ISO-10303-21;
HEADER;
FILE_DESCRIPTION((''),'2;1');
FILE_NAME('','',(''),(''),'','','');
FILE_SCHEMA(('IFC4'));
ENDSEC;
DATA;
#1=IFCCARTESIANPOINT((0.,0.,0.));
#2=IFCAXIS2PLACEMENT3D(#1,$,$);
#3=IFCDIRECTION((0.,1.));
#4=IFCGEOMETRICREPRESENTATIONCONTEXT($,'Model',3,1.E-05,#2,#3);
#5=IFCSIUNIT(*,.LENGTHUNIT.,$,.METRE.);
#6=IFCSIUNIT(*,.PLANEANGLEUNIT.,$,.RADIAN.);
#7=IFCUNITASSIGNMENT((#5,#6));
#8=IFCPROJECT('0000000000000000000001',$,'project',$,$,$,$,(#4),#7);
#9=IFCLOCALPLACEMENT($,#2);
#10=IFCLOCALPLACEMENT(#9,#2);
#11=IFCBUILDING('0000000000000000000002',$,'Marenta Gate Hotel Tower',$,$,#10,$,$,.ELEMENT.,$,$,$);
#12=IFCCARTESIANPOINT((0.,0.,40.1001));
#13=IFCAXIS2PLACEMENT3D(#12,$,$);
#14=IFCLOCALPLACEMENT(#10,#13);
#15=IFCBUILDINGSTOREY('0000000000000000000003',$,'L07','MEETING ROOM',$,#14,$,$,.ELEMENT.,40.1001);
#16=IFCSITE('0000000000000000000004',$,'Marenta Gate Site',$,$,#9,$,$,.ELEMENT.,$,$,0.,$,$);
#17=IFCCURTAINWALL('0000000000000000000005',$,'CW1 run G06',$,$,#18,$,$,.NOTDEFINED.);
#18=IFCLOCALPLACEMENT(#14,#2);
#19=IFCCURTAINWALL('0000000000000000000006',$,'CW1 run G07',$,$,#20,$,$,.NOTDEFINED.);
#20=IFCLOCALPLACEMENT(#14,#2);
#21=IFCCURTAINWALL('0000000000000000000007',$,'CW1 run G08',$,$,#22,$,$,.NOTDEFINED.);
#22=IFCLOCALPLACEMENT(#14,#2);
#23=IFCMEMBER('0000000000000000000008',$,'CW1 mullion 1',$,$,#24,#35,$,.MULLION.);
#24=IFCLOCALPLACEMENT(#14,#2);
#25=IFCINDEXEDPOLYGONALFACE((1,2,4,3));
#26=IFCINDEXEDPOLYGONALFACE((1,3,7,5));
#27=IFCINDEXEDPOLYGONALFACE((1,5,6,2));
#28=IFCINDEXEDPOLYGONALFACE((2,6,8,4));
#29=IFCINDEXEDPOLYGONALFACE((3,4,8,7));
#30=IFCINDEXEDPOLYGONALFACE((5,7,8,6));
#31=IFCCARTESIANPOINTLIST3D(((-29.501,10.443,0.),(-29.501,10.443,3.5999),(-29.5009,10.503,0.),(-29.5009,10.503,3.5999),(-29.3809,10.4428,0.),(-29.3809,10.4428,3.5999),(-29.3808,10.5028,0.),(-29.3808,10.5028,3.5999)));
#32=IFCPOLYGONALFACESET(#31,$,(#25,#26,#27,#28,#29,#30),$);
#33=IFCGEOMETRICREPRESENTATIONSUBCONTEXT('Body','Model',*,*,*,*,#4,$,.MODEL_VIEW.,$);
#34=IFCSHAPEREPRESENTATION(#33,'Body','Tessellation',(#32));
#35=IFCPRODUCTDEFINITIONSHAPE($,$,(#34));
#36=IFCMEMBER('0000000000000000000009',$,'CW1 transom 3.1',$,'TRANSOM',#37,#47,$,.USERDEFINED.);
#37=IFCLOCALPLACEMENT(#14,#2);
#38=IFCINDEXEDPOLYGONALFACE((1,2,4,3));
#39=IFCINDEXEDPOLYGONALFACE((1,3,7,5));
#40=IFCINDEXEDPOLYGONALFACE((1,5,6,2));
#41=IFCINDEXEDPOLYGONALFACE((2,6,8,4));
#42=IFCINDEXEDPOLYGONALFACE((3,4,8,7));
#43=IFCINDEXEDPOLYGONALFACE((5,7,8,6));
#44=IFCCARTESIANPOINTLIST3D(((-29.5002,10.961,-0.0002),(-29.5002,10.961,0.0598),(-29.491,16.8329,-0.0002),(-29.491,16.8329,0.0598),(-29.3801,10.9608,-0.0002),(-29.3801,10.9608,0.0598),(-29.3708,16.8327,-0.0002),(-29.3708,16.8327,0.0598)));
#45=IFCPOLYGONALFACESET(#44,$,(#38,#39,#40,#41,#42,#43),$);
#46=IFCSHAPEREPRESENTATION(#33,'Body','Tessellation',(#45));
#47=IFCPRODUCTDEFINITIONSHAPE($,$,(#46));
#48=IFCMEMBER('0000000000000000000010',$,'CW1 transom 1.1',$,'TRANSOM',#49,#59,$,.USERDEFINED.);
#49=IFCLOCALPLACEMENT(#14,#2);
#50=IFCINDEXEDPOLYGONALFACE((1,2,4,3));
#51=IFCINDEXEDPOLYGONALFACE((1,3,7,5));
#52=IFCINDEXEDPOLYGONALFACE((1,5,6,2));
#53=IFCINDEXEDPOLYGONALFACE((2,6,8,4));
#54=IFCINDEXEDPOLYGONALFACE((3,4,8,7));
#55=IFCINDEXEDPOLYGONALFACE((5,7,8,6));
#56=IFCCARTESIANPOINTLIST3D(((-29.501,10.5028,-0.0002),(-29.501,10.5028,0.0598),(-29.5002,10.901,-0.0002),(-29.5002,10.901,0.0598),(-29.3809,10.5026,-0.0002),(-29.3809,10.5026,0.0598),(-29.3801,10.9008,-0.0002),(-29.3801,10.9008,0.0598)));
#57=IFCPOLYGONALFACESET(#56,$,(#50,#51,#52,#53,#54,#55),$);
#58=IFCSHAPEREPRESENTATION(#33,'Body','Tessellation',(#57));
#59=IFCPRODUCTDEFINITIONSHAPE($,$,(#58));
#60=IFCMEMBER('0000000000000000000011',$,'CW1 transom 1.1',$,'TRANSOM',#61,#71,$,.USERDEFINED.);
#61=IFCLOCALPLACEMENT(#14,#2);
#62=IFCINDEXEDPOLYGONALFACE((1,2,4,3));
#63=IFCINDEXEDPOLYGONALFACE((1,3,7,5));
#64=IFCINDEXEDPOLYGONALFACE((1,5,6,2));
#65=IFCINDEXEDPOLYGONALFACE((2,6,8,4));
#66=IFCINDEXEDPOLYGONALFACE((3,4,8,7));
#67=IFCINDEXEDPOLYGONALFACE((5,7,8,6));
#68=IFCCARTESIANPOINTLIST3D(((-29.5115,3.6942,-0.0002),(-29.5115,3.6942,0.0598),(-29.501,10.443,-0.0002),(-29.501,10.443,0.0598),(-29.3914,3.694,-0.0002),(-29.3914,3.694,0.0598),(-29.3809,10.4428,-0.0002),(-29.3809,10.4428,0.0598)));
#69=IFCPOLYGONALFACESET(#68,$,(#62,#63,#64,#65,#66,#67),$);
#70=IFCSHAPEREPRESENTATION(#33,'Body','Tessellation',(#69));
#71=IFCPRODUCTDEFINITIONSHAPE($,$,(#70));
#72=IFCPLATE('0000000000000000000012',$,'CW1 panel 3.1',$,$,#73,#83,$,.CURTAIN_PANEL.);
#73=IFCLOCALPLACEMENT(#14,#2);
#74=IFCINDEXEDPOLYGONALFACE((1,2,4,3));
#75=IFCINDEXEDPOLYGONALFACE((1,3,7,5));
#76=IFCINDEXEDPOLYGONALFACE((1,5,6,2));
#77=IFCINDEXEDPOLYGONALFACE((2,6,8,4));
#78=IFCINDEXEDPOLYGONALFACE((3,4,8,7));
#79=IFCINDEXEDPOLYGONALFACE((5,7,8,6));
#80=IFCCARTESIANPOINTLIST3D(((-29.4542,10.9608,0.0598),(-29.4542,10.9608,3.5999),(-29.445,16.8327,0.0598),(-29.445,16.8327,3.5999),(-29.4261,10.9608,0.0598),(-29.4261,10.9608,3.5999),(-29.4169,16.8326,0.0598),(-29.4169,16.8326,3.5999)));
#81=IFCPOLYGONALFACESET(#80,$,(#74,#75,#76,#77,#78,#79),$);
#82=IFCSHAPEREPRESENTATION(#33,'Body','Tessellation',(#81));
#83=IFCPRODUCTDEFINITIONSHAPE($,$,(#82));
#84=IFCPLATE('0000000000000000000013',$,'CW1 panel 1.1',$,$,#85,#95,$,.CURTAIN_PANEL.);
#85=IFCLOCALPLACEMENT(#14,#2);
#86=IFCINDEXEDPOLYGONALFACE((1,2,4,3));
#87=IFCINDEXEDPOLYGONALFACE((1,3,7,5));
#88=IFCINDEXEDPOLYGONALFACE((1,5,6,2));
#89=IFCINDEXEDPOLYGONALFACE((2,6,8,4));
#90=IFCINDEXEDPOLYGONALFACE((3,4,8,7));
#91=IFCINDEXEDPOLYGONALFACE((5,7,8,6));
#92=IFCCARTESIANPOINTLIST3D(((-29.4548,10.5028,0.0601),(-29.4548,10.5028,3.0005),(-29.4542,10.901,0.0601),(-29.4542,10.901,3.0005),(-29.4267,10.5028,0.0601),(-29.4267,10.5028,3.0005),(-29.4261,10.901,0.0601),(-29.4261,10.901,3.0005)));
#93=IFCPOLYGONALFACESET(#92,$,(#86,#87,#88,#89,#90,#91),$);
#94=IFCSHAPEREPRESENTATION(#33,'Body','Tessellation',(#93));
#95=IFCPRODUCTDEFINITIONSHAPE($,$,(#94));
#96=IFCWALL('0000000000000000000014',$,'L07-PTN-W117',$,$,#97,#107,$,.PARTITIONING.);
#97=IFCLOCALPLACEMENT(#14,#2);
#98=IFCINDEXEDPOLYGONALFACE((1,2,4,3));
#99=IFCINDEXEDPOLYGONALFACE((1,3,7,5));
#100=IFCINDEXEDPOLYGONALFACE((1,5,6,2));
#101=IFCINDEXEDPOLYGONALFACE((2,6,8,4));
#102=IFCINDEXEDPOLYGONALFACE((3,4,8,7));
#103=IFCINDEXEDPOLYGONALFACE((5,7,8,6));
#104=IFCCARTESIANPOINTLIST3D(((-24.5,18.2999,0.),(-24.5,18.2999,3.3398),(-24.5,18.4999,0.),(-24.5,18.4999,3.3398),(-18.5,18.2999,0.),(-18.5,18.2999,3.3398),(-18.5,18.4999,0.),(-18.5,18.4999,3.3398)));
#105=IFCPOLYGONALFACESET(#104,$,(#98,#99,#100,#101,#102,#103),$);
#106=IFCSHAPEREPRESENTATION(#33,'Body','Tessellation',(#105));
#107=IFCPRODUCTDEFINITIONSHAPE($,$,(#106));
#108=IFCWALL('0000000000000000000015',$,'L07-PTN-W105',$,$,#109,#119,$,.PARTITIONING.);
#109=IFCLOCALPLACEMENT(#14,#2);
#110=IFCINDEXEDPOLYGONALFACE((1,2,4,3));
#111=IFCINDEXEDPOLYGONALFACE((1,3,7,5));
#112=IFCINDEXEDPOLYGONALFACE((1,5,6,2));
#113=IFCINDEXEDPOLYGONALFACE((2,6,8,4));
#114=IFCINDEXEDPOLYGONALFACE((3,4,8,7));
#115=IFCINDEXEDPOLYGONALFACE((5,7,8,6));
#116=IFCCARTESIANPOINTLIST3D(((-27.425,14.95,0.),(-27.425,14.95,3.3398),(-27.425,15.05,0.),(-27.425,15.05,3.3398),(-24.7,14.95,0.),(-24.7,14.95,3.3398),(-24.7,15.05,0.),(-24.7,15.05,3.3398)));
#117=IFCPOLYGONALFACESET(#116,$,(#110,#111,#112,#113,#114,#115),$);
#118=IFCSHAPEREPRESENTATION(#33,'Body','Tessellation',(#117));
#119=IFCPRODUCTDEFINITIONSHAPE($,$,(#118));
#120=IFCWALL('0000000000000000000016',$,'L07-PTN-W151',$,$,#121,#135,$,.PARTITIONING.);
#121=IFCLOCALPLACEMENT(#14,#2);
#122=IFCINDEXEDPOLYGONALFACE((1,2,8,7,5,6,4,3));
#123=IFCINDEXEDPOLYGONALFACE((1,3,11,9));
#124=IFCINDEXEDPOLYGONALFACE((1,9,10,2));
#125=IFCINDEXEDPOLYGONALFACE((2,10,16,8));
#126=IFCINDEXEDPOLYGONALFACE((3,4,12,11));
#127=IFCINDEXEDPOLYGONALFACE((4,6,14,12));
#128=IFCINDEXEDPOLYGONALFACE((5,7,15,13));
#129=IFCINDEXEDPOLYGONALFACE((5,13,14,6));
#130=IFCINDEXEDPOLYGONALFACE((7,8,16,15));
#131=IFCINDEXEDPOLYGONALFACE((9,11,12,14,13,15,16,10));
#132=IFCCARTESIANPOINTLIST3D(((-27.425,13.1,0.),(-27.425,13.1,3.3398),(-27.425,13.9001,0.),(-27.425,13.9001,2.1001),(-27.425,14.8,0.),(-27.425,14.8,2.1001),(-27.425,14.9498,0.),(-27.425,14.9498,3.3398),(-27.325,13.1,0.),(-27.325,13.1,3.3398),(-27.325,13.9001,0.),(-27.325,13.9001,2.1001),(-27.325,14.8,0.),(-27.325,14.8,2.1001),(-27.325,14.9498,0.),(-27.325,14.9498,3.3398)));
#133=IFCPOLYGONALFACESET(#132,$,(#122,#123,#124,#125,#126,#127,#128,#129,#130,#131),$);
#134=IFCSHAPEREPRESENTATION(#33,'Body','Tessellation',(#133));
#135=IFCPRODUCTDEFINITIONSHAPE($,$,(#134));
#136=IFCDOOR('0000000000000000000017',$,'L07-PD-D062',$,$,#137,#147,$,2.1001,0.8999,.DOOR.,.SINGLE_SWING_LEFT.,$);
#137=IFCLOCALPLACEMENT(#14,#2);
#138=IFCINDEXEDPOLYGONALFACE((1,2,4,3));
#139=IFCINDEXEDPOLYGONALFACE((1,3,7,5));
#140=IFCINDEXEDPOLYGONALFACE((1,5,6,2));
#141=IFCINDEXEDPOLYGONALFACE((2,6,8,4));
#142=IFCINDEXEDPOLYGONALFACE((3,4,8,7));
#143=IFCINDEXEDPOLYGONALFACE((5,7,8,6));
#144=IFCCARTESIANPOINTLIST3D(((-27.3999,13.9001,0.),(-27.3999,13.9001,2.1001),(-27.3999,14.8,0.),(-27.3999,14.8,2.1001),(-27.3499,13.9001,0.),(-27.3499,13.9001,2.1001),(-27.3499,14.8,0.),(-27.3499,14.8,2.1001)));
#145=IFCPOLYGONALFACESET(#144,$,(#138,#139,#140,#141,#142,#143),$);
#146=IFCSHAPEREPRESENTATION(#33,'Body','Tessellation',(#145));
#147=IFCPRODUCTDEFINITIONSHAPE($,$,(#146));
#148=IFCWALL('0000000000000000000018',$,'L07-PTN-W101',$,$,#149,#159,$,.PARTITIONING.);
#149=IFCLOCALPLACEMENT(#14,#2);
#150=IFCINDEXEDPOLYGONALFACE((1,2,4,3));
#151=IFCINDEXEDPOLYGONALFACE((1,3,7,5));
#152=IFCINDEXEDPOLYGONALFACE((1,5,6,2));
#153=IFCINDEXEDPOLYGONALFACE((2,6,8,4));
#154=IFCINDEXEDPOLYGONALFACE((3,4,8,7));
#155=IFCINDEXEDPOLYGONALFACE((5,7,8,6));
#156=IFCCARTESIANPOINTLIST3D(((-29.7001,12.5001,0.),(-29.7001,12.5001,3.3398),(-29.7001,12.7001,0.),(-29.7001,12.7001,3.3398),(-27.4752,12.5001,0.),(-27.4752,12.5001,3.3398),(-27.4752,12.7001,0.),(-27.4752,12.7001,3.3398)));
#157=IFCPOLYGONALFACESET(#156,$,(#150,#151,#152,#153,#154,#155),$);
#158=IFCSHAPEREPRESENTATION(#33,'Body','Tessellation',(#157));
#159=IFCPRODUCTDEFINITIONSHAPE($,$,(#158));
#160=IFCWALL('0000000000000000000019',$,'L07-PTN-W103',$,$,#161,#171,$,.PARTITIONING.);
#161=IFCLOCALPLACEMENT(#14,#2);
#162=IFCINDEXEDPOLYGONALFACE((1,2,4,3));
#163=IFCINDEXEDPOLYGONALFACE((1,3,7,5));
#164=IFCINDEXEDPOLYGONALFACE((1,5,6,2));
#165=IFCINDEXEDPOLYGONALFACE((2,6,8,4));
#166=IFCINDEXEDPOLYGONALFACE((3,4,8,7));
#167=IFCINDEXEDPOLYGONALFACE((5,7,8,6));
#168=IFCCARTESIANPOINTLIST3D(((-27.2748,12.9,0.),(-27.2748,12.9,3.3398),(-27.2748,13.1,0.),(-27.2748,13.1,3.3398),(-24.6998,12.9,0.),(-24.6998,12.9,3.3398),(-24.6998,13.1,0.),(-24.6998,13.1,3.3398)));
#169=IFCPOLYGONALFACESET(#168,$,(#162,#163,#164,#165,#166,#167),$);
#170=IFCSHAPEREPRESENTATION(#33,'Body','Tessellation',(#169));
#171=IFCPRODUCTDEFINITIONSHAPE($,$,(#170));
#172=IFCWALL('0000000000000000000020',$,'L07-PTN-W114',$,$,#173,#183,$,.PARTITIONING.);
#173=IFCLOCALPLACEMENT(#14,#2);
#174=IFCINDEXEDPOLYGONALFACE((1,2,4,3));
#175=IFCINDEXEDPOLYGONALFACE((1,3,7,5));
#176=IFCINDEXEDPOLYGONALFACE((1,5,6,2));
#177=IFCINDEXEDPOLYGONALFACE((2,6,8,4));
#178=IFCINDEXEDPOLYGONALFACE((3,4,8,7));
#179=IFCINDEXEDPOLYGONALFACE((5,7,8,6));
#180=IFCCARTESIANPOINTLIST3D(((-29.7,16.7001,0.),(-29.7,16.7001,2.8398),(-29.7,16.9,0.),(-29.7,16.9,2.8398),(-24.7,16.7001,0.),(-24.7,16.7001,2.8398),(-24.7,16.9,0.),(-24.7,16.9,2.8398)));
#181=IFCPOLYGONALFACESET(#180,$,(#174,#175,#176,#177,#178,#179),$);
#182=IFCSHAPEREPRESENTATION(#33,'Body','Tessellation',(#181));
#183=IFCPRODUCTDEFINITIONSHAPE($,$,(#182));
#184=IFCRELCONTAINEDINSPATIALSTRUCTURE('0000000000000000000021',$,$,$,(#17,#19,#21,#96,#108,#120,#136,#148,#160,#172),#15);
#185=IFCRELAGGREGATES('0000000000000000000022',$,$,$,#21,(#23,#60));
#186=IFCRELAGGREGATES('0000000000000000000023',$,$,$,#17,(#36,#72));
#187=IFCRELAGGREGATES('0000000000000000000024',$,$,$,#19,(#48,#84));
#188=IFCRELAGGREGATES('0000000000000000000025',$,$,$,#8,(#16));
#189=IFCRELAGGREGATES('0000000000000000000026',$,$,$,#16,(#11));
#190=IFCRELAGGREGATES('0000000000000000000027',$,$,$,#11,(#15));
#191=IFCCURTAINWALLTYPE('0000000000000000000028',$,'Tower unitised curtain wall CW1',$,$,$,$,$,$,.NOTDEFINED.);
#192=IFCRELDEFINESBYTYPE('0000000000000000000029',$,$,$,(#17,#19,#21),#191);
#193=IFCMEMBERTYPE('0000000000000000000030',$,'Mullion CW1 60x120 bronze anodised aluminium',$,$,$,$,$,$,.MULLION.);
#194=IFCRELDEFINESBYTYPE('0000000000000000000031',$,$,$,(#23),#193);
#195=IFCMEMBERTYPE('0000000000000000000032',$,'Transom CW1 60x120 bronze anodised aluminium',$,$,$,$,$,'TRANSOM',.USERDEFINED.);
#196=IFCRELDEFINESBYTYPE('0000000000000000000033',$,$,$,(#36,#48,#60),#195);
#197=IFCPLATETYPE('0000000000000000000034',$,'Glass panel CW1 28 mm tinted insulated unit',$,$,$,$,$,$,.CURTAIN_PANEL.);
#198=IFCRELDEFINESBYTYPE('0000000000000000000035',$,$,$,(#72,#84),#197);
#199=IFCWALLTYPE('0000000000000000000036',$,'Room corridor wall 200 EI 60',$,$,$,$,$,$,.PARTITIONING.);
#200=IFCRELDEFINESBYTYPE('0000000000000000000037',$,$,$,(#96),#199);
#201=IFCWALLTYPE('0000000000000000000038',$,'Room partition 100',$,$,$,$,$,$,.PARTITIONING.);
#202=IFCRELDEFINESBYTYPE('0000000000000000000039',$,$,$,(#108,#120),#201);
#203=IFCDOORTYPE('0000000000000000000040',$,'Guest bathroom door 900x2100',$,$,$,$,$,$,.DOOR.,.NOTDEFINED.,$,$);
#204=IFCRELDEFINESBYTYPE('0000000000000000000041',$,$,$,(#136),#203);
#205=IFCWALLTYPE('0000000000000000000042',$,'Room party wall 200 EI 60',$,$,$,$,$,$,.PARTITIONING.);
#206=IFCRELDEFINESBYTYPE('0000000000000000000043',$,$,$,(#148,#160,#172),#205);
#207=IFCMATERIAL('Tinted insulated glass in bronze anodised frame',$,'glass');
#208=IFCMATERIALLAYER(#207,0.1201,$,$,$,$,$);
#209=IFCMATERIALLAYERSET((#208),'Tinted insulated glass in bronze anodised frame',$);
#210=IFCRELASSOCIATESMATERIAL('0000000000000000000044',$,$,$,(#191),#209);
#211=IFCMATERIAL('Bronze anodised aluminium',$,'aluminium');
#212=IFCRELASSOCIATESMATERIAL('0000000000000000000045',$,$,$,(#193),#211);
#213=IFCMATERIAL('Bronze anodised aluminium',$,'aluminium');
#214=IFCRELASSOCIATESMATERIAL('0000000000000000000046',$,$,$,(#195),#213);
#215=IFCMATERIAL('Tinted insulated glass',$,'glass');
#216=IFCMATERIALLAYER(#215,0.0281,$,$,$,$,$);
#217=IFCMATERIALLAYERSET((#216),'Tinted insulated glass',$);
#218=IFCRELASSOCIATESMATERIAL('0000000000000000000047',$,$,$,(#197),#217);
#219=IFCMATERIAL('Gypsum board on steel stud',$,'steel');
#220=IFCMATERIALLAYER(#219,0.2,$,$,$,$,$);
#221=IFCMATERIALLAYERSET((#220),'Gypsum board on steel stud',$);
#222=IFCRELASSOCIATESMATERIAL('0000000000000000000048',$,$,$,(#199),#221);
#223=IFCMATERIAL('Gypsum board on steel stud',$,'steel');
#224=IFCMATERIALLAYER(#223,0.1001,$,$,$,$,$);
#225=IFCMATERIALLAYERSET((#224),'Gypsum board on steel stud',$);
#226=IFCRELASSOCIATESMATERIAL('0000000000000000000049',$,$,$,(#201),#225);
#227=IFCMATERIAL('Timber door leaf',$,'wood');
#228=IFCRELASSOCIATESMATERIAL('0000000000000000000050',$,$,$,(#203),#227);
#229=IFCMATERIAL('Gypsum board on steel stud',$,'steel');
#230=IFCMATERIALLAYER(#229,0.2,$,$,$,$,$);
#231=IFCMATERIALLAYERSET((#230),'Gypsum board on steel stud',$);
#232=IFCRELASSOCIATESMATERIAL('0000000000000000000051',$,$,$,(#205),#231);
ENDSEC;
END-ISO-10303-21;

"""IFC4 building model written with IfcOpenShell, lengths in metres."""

from ifc_helpers import new_model, si_unit, direction, frame, frame_2d, origin, origin_2d, place, context, subcontext, project, spatial, rectangle, extrude, material, layer, layer_set, material_profile, profile_set, type_object, element, fill, aggregate, save


model = new_model("IFC4")

# Units and contexts
model_context = context("Model", 3, precision=1e-05, world=origin(), true_north=direction((0.0, 1.0)))
body_context = subcontext(model_context, "Body", "Model", "MODEL_VIEW")
ifc_project = project(units=[si_unit("LENGTHUNIT", "METRE"), si_unit("PLANEANGLEUNIT", "RADIAN")], contexts=[model_context])

# Site, building, storey
site_placement = place(None, origin())
site = spatial("IfcSite", under=ifc_project, at=site_placement, Name="Marenta Gate Site", CompositionType="ELEMENT", RefElevation=0.0)
building_placement = place(site_placement, origin())
building = spatial("IfcBuilding", under=site, at=building_placement, Name="Marenta Gate Hotel Tower", CompositionType="ELEMENT")
storey_placement = place(building_placement, frame((0.0, 0.0, 40.1001)))
storey = spatial("IfcBuildingStorey", under=building, at=storey_placement, Name="L07", Description="MEETING ROOM", CompositionType="ELEMENT", Elevation=40.1001)

# Curtain walls, member
ifc_material_1 = material(Name="Tinted insulated glass in bronze anodised frame", Category="glass")
ifc_layer_1 = layer(ifc_material_1, 0.1201)
ifc_layer_set_1 = layer_set([ifc_layer_1], Name="Tinted insulated glass in bronze anodised frame")
curtain_wall_type = type_object("IfcCurtainWallType", Name="Tower unitised curtain wall CW1", PredefinedType="NOTDEFINED", material=ifc_layer_set_1)
curtain_wall_1_placement = place(storey_placement, origin())
curtain_wall_1 = element("IfcCurtainWall", 1, at=curtain_wall_1_placement, inside=storey, type_object=curtain_wall_type, Name="CW1 run G06", PredefinedType="NOTDEFINED")
ifc_material_2 = material(Name="Bronze anodised aluminium", Category="aluminium")
ifc_material_profile_1 = material_profile(ifc_material_2, rectangle(XDim=0.1201, YDim=0.0601, at=origin_2d()), Name="Mullion CW1 60x120 bronze anodised aluminium")
ifc_profile_set_1 = profile_set([ifc_material_profile_1], Name="Bronze anodised aluminium")
member_type_1 = type_object("IfcMemberType", Name="Mullion CW1 60x120 bronze anodised aluminium", PredefinedType="MULLION", material=ifc_profile_set_1)
curtain_wall_2_placement = place(storey_placement, origin())
curtain_wall_2 = element("IfcCurtainWall", 2, at=curtain_wall_2_placement, inside=storey, type_object=curtain_wall_type, Name="CW1 run G07", PredefinedType="NOTDEFINED")
curtain_wall_3_placement = place(storey_placement, origin())
curtain_wall_3 = element("IfcCurtainWall", 3, at=curtain_wall_3_placement, inside=storey, type_object=curtain_wall_type, Name="CW1 run G08", PredefinedType="NOTDEFINED")
member_1_placement = place(storey_placement, frame((-29.4409, 10.4729, 0.0), z_axis=(0.0, 0.0, 1.0), x_axis=(0.999999, -0.001565, 0.0)))
member_1 = element("IfcMember", 4, at=member_1_placement, type_object=member_type_1, Name="CW1 mullion 1", PredefinedType="MULLION", context=body_context, shape_type="SweptSolid", body=[
    extrude(rectangle(XDim=0.1201, YDim=0.0601, at=origin_2d()), origin(), (0.0, 0.0, 1.0), 3.5999),
])

# Members
ifc_material_3 = material(Name="Bronze anodised aluminium", Category="aluminium")
ifc_material_profile_2 = material_profile(ifc_material_3, rectangle(XDim=0.1201, YDim=0.0601, at=origin_2d()), Name="Transom CW1 60x120 bronze anodised aluminium")
ifc_profile_set_2 = profile_set([ifc_material_profile_2], Name="Bronze anodised aluminium")
member_type_2 = type_object("IfcMemberType", Name="Transom CW1 60x120 bronze anodised aluminium", ElementType="TRANSOM", PredefinedType="USERDEFINED", material=ifc_profile_set_2)
member_2_placement = place(storey_placement, frame((-29.4309, 16.8328, 0.0298), z_axis=(-0.00158, -0.999999, 0.0), x_axis=(0.999999, -0.00158, 0.0)))
member_2 = element("IfcMember", 5, at=member_2_placement, type_object=member_type_2, Name="CW1 transom 3.1", ObjectType="TRANSOM", PredefinedType="USERDEFINED", context=body_context, shape_type="SweptSolid", body=[
    extrude(rectangle(XDim=0.1201, YDim=0.0601, at=origin_2d()), origin(), (0.0, 0.0, 1.0), 5.8718),
])
member_3_placement = place(storey_placement, frame((-29.4402, 10.9009, 0.0298), z_axis=(-0.001839, -0.999998, 0.0), x_axis=(0.999998, -0.001839, 0.0)))
member_3 = element("IfcMember", 6, at=member_3_placement, type_object=member_type_2, Name="CW1 transom 1.1", ObjectType="TRANSOM", PredefinedType="USERDEFINED", context=body_context, shape_type="SweptSolid", body=[
    extrude(rectangle(XDim=0.1201, YDim=0.0601, at=origin_2d()), origin(), (0.0, 0.0, 1.0), 0.3982),
])
member_4_placement = place(storey_placement, frame((-29.4409, 10.4429, 0.0298), z_axis=(-0.001556, -0.999999, 0.0), x_axis=(0.999999, -0.001556, 0.0)))
member_4 = element("IfcMember", 7, at=member_4_placement, type_object=member_type_2, Name="CW1 transom 1.1", ObjectType="TRANSOM", PredefinedType="USERDEFINED", context=body_context, shape_type="SweptSolid", body=[
    extrude(rectangle(XDim=0.1201, YDim=0.0601, at=origin_2d()), origin(), (0.0, 0.0, 1.0), 6.7488),
])
aggregate(curtain_wall_3, [member_1, member_4])

# Plates
ifc_material_4 = material(Name="Tinted insulated glass", Category="glass")
ifc_layer_2 = layer(ifc_material_4, 0.0281)
ifc_layer_set_2 = layer_set([ifc_layer_2], Name="Tinted insulated glass")
plate_type = type_object("IfcPlateType", Name="Glass panel CW1 28 mm tinted insulated unit", PredefinedType="CURTAIN_PANEL", material=ifc_layer_set_2)
plate_1_placement = place(storey_placement, frame((-29.4355, 13.8967, 0.0598), z_axis=(0.0, 0.0, 1.0), x_axis=(-0.00157, -0.999999, 0.0)))
plate_1 = element("IfcPlate", 8, at=plate_1_placement, type_object=plate_type, Name="CW1 panel 3.1", PredefinedType="CURTAIN_PANEL", context=body_context, shape_type="SweptSolid", body=[
    extrude(rectangle(XDim=5.8718, YDim=0.0281, at=origin_2d()), origin(), (0.0, 0.0, 1.0), 3.54),
])
aggregate(curtain_wall_1, [member_2, plate_1])
plate_2_placement = place(storey_placement, frame((-29.4404, 10.7019, 0.0601), z_axis=(0.0, 0.0, 1.0), x_axis=(-0.001528, -0.999999, 0.0)))
plate_2 = element("IfcPlate", 9, at=plate_2_placement, type_object=plate_type, Name="CW1 panel 1.1", PredefinedType="CURTAIN_PANEL", context=body_context, shape_type="SweptSolid", body=[
    extrude(rectangle(XDim=0.3982, YDim=0.0281, at=origin_2d()), origin(), (0.0, 0.0, 1.0), 2.9404),
])
aggregate(curtain_wall_2, [member_3, plate_2])

# Walls
ifc_material_5 = material(Name="Gypsum board on steel stud", Category="steel")
ifc_layer_3 = layer(ifc_material_5, 0.2)
ifc_layer_set_3 = layer_set([ifc_layer_3], Name="Gypsum board on steel stud")
wall_type_1 = type_object("IfcWallType", Name="Room corridor wall 200 EI 60", PredefinedType="PARTITIONING", material=ifc_layer_set_3)
wall_1_placement = place(storey_placement, frame((-24.5, 18.3999, 0.0), z_axis=(0.0, 0.0, 1.0), x_axis=(1.0, 0.0, 0.0)))
element("IfcWall", 10, at=wall_1_placement, inside=storey, type_object=wall_type_1, Name="L07-PTN-W117", PredefinedType="PARTITIONING", context=body_context, shape_type="SweptSolid", body=[
    extrude(rectangle(XDim=6.0, YDim=0.2, at=frame_2d((3.0, 0.0))), origin(), (0.0, 0.0, 1.0), 3.3398),
])
ifc_material_6 = material(Name="Gypsum board on steel stud", Category="steel")
ifc_layer_4 = layer(ifc_material_6, 0.1001)
ifc_layer_set_4 = layer_set([ifc_layer_4], Name="Gypsum board on steel stud")
wall_type_2 = type_object("IfcWallType", Name="Room partition 100", PredefinedType="PARTITIONING", material=ifc_layer_set_4)
wall_2_placement = place(storey_placement, frame((-27.425, 15.0, 0.0), z_axis=(0.0, 0.0, 1.0), x_axis=(1.0, 0.0, 0.0)))
element("IfcWall", 11, at=wall_2_placement, inside=storey, type_object=wall_type_2, Name="L07-PTN-W105", PredefinedType="PARTITIONING", context=body_context, shape_type="SweptSolid", body=[
    extrude(rectangle(XDim=2.7251, YDim=0.1001, at=frame_2d((1.3625, 0.0))), origin(), (0.0, 0.0, 1.0), 3.3398),
])

# Wall, opening, door
wall_3_placement = place(storey_placement, frame((-27.375, 13.1001, 0.0), z_axis=(0.0, 0.0, 1.0), x_axis=(0.0, 1.0, 0.0)))
wall_3 = element("IfcWall", 12, at=wall_3_placement, inside=storey, type_object=wall_type_2, Name="L07-PTN-W151", PredefinedType="PARTITIONING", context=body_context, shape_type="SweptSolid", body=[
    extrude(rectangle(XDim=1.8499, YDim=0.1001, at=frame_2d((0.9248, 0.0))), origin(), (0.0, 0.0, 1.0), 3.3398),
])
opening_placement = place(wall_3_placement, frame((0.8, 0.0, 0.0)))
opening = element("IfcOpeningElement", 13, at=opening_placement, cuts=wall_3, PredefinedType="OPENING", context=body_context, shape_type="SweptSolid", body=[
    extrude(rectangle(XDim=0.8999, YDim=2.1001, at=frame_2d((0.45, 1.05))), frame((0.0, 0.05, 0.0), z_axis=(0.0, -1.0, 0.0), x_axis=(1.0, 0.0, 0.0)), (0.0, 0.0, 1.0), 0.1001),
])
ifc_material_7 = material(Name="Timber door leaf", Category="wood")
door_type = type_object("IfcDoorType", Name="Guest bathroom door 900x2100", OperationType="NOTDEFINED", PredefinedType="DOOR", material=ifc_material_7)
door_placement = place(opening_placement, origin())
door = element("IfcDoor", 14, at=door_placement, inside=storey, type_object=door_type, Name="L07-PD-D062", OperationType="SINGLE_SWING_LEFT", OverallHeight=2.1001, OverallWidth=0.8999, PredefinedType="DOOR", context=body_context, shape_type="SweptSolid", body=[
    extrude(rectangle(XDim=0.8999, YDim=2.1001, at=frame_2d((0.45, 1.05))), frame((0.0, 0.0249, 0.0), z_axis=(0.0, -1.0, 0.0), x_axis=(1.0, 0.0, 0.0)), (0.0, 0.0, 1.0), 0.05),
])
fill(opening, door)

# Walls
ifc_material_8 = material(Name="Gypsum board on steel stud", Category="steel")
ifc_layer_5 = layer(ifc_material_8, 0.2)
ifc_layer_set_5 = layer_set([ifc_layer_5], Name="Gypsum board on steel stud")
wall_type_3 = type_object("IfcWallType", Name="Room party wall 200 EI 60", PredefinedType="PARTITIONING", material=ifc_layer_set_5)
wall_4_placement = place(storey_placement, frame((-29.7, 12.6001, 0.0), z_axis=(0.0, 0.0, 1.0), x_axis=(1.0, 0.0, 0.0)))
element("IfcWall", 15, at=wall_4_placement, inside=storey, type_object=wall_type_3, Name="L07-PTN-W101", PredefinedType="PARTITIONING", context=body_context, shape_type="SweptSolid", body=[
    extrude(rectangle(XDim=2.2249, YDim=0.2, at=frame_2d((1.1123, 0.0))), origin(), (0.0, 0.0, 1.0), 3.3398),
])
wall_5_placement = place(storey_placement, frame((-27.2749, 13.0, 0.0), z_axis=(0.0, 0.0, 1.0), x_axis=(1.0, 0.0, 0.0)))
element("IfcWall", 16, at=wall_5_placement, inside=storey, type_object=wall_type_3, Name="L07-PTN-W103", PredefinedType="PARTITIONING", context=body_context, shape_type="SweptSolid", body=[
    extrude(rectangle(XDim=2.575, YDim=0.2, at=frame_2d((1.2876, 0.0))), origin(), (0.0, 0.0, 1.0), 3.3398),
])
wall_6_placement = place(storey_placement, frame((-29.7, 16.8, 0.0), z_axis=(0.0, 0.0, 1.0), x_axis=(1.0, 0.0, 0.0)))
element("IfcWall", 17, at=wall_6_placement, inside=storey, type_object=wall_type_3, Name="L07-PTN-W114", PredefinedType="PARTITIONING", context=body_context, shape_type="SweptSolid", body=[
    extrude(rectangle(XDim=5.0, YDim=0.2, at=frame_2d((2.5, 0.0))), origin(), (0.0, 0.0, 1.0), 2.8398),
])

save(model, "model.ifc")
